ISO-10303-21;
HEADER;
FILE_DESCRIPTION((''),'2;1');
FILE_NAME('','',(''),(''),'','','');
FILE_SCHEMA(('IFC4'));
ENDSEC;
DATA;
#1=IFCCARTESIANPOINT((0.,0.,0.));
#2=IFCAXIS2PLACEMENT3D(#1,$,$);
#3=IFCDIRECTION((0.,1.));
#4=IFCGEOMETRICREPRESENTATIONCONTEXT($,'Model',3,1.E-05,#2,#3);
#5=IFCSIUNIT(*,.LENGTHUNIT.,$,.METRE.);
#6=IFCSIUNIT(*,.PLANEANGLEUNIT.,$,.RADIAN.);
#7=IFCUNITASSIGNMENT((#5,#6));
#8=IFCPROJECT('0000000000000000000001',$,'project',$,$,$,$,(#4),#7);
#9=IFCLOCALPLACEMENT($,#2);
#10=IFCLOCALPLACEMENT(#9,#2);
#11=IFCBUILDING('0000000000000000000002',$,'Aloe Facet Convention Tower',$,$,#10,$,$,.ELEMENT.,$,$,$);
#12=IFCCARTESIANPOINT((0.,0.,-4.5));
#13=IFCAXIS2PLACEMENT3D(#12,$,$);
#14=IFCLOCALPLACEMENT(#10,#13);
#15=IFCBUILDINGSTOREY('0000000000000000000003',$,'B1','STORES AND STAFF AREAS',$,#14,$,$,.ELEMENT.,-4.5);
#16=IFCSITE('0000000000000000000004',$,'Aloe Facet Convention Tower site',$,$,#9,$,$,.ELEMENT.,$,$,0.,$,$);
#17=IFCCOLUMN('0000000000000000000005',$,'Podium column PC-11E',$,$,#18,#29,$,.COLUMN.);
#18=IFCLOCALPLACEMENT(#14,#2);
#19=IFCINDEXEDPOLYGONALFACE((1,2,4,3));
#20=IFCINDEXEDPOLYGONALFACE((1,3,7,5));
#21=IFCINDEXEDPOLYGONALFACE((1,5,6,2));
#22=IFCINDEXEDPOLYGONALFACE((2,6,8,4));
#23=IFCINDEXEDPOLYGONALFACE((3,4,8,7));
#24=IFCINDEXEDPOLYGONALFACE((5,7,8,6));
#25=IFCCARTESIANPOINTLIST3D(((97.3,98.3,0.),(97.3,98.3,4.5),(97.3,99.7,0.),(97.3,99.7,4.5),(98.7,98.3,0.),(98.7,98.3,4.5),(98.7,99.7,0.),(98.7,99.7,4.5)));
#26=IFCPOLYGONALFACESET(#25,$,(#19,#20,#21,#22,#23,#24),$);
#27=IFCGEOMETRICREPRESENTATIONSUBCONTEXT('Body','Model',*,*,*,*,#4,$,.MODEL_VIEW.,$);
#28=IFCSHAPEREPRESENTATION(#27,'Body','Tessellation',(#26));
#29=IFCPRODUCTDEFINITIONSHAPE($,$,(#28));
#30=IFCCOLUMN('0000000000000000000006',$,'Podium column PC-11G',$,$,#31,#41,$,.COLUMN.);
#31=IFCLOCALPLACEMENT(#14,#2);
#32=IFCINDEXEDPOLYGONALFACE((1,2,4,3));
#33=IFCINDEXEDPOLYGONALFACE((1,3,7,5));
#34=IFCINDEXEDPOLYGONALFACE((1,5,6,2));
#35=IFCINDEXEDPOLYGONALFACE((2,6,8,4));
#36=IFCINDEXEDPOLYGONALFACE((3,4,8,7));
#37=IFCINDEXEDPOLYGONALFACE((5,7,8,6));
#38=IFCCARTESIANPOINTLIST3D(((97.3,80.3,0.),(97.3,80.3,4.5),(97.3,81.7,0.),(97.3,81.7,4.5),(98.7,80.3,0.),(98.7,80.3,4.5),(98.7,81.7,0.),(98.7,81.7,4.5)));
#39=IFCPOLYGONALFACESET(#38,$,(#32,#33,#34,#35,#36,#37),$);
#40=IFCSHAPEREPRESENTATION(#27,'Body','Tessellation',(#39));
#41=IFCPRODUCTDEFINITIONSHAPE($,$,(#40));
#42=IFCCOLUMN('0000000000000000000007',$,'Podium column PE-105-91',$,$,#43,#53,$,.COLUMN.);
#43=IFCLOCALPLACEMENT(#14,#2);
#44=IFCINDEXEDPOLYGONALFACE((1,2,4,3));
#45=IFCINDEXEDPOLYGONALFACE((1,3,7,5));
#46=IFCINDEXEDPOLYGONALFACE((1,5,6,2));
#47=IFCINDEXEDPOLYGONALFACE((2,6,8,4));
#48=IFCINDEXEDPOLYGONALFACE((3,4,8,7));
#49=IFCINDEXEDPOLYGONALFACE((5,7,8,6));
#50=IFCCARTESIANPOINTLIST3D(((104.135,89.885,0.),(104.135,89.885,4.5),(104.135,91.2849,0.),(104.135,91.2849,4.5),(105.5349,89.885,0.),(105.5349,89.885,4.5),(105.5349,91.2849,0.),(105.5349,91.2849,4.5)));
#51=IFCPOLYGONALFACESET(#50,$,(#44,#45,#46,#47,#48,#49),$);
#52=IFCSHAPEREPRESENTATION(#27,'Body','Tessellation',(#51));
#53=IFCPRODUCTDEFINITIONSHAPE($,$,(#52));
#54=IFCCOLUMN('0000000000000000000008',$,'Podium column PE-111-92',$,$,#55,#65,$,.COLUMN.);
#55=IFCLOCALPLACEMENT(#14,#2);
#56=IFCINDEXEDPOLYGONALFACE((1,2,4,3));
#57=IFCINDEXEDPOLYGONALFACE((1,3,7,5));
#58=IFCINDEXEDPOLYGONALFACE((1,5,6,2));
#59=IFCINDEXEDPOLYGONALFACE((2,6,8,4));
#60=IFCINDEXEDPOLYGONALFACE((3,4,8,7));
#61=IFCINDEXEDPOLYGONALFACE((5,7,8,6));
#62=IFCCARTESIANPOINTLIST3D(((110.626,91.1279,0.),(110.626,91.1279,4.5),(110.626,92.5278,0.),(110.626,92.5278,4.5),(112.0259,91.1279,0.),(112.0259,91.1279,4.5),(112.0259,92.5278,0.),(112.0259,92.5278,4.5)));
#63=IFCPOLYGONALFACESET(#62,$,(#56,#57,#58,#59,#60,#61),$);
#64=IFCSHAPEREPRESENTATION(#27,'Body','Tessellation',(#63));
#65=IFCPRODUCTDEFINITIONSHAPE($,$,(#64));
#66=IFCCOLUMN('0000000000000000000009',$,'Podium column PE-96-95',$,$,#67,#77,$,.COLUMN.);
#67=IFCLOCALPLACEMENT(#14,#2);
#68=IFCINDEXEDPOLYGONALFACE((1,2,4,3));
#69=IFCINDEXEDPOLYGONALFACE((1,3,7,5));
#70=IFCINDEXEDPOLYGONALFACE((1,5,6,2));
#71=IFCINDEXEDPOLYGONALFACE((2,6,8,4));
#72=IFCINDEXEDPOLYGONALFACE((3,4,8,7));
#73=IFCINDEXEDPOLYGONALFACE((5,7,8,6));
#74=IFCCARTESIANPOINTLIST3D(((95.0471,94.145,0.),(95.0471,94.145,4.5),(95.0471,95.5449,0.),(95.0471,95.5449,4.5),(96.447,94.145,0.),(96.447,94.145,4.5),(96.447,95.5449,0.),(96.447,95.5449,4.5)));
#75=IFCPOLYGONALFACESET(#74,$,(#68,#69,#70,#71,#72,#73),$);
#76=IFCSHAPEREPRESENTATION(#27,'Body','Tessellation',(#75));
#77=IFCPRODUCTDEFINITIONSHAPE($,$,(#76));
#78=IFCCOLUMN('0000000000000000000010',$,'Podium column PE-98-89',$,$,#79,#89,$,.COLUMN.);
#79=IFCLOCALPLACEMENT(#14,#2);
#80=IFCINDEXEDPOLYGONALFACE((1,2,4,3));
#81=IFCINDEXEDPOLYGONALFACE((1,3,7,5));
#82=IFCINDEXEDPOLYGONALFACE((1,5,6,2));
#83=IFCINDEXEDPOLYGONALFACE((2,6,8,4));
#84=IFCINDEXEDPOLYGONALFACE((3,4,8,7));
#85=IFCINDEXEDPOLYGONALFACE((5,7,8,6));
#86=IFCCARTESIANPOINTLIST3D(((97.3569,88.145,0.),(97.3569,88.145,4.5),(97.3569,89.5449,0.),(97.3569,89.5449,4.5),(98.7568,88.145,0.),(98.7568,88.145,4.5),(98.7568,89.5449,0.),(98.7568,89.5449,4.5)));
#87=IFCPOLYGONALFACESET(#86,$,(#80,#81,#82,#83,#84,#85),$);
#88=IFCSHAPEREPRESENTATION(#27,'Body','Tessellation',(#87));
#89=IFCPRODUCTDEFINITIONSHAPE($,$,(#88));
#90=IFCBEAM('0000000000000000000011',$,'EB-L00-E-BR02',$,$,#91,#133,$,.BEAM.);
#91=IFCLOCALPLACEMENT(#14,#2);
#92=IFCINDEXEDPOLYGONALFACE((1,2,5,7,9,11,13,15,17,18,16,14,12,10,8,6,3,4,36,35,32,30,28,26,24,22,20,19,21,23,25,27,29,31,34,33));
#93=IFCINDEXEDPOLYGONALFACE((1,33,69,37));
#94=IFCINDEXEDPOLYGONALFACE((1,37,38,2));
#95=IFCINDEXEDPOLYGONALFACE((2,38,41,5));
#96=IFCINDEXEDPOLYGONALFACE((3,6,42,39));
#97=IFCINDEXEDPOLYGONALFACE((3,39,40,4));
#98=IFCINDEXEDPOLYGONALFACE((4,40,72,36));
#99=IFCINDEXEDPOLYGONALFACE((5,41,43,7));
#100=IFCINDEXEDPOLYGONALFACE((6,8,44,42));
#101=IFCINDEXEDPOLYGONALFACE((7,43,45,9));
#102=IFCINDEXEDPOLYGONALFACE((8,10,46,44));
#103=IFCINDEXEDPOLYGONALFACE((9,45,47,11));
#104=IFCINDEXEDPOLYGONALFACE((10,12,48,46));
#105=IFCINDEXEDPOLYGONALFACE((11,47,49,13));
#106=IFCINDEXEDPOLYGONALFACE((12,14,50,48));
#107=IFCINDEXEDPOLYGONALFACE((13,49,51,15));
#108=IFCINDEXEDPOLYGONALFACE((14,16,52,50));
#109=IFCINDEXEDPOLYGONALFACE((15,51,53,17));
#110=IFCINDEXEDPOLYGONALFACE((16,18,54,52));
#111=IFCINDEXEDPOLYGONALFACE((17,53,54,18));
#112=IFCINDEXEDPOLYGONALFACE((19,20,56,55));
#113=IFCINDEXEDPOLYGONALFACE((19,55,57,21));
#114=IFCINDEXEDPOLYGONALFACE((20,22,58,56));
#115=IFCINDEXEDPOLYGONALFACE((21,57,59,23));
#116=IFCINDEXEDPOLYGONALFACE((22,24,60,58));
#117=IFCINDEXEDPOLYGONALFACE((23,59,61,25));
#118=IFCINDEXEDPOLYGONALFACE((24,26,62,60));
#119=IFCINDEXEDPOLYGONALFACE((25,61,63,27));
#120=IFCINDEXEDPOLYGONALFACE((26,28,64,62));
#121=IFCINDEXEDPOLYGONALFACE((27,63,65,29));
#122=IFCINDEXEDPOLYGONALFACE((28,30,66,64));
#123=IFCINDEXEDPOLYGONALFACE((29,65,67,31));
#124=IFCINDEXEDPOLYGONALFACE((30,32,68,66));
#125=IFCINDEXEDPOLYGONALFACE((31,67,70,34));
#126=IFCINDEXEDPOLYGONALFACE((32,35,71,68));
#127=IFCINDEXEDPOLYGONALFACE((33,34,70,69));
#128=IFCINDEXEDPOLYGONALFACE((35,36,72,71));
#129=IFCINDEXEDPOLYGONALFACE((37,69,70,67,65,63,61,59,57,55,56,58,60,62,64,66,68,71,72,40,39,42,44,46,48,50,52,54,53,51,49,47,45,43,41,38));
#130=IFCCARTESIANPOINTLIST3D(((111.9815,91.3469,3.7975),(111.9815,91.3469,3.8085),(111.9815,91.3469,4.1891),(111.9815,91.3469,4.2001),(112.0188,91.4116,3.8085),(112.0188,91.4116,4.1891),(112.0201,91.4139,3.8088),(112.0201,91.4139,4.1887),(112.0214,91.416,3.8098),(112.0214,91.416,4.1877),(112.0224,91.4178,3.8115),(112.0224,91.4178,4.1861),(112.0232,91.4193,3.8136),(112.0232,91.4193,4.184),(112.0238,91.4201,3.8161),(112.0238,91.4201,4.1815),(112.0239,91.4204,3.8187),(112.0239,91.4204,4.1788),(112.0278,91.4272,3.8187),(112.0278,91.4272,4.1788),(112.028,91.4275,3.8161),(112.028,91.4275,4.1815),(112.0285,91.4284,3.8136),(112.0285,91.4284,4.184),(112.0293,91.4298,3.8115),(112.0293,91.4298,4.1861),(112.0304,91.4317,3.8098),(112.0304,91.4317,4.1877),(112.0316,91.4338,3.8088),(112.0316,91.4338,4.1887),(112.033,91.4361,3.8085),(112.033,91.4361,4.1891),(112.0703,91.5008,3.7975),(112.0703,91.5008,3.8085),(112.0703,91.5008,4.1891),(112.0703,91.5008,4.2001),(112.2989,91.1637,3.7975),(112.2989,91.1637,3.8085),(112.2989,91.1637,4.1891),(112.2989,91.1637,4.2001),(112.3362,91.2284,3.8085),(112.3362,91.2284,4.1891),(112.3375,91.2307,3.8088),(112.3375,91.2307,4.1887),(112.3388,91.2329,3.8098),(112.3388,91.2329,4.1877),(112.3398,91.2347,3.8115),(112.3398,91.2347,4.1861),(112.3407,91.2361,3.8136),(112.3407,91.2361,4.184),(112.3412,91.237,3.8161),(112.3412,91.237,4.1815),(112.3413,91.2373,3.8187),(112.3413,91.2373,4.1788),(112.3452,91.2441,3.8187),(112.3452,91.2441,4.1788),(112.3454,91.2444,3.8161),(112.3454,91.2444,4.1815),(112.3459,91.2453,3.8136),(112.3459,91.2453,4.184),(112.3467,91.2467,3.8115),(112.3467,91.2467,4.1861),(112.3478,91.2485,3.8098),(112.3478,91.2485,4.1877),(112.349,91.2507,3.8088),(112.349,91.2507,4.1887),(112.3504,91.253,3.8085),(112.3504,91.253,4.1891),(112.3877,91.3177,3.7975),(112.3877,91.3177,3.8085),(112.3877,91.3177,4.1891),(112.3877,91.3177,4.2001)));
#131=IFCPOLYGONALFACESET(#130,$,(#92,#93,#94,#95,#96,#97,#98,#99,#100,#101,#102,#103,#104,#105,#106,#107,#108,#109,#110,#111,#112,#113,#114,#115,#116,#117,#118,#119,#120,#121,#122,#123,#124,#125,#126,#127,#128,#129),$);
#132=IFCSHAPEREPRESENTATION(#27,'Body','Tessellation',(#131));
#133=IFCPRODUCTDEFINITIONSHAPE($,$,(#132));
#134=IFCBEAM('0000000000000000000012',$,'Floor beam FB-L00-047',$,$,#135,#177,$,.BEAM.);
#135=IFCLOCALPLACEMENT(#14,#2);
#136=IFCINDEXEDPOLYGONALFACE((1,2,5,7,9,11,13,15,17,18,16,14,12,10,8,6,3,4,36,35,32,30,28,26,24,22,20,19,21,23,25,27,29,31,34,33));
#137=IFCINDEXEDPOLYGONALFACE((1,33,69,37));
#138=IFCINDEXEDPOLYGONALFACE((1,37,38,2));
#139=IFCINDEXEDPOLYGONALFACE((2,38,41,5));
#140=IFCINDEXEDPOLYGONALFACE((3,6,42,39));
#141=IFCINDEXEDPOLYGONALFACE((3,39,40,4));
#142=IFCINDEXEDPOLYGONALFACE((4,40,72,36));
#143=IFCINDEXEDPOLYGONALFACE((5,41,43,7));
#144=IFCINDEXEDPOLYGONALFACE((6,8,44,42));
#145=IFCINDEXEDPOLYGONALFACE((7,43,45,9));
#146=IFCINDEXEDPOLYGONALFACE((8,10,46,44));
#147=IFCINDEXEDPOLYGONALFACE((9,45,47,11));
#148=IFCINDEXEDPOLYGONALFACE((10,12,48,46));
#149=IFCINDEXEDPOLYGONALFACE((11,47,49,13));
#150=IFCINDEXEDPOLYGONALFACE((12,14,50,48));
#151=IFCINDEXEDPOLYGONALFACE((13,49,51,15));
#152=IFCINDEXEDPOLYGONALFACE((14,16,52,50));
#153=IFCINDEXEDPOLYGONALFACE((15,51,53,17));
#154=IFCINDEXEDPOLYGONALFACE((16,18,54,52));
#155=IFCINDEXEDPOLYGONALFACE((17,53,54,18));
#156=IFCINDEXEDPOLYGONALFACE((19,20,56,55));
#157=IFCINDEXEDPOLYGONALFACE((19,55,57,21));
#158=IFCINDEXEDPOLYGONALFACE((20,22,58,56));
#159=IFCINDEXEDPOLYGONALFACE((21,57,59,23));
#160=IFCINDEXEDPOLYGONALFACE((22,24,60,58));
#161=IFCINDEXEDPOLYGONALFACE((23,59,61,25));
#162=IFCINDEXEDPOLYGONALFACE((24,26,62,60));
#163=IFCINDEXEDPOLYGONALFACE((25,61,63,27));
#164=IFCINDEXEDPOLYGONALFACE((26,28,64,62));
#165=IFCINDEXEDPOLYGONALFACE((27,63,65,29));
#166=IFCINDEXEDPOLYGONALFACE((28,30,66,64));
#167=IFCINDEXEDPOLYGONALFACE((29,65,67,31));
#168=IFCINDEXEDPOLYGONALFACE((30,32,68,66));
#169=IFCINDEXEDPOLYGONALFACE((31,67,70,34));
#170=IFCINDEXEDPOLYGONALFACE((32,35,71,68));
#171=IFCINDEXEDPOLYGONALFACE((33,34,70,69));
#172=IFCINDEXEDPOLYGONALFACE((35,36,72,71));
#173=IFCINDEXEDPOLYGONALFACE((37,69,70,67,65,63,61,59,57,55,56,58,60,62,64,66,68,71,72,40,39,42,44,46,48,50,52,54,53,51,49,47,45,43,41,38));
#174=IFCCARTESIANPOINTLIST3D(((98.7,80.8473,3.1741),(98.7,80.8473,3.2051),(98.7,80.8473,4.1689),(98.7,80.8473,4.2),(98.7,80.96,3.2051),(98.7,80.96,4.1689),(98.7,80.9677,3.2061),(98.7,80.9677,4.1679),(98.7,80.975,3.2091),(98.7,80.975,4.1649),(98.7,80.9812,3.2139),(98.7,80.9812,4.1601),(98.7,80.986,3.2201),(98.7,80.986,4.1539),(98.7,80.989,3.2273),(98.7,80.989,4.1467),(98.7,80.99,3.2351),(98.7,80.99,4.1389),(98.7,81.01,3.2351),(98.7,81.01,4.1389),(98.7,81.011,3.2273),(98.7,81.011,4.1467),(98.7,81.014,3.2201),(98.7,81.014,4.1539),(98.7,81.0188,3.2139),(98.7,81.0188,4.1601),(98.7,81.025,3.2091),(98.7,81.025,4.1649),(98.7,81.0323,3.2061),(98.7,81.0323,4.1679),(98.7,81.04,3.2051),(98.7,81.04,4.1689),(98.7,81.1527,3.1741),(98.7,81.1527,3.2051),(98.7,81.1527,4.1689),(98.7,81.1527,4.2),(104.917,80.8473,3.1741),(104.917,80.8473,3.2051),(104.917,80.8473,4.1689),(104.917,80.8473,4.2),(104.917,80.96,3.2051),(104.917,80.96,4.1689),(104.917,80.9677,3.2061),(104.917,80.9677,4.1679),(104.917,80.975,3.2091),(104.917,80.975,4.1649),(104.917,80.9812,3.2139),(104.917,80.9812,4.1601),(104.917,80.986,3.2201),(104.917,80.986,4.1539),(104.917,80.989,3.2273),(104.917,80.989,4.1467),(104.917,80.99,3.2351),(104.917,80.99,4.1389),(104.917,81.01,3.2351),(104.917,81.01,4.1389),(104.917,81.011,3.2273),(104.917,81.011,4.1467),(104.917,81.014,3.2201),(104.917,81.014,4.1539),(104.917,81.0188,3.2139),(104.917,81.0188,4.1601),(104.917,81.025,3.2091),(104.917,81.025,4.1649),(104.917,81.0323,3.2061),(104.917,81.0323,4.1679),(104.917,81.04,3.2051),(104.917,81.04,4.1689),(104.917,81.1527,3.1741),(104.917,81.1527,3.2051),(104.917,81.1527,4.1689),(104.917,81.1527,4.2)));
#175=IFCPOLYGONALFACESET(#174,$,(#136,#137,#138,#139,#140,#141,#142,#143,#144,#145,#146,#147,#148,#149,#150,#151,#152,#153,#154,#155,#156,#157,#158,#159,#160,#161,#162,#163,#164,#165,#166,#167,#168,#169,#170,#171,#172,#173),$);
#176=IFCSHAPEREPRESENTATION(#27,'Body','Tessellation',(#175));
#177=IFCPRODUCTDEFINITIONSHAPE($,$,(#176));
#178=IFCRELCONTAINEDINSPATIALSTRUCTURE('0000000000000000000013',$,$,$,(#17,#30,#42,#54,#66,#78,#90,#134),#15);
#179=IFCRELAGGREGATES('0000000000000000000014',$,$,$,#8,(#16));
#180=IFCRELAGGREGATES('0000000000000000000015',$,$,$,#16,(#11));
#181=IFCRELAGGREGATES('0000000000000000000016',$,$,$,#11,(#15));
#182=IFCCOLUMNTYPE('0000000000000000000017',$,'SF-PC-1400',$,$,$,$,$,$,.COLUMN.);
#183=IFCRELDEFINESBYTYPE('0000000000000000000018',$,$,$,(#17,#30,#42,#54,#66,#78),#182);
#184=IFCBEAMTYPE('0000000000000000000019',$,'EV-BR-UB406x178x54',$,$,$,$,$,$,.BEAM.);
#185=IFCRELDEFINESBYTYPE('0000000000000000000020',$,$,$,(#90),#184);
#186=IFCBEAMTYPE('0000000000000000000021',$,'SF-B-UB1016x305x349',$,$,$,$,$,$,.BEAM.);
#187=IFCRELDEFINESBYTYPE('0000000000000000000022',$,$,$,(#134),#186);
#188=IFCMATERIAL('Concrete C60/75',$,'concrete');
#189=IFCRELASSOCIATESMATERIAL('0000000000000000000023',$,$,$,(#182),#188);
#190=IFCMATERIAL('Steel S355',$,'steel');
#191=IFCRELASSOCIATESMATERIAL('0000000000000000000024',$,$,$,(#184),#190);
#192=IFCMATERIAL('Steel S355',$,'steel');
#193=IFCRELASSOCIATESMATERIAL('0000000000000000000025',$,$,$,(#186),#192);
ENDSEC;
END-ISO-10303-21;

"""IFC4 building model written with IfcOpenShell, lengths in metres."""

from ifc_helpers import new_model, si_unit, direction, frame, origin, origin_2d, place, context, subcontext, project, spatial, rectangle, i_section, extrude, material, material_profile, profile_set, type_object, element, save


model = new_model("IFC4")

# Units and contexts
model_context = context("Model", 3, precision=1e-05, world=origin(), true_north=direction((0.0, 1.0)))
body_context = subcontext(model_context, "Body", "Model", "MODEL_VIEW")
ifc_project = project(units=[si_unit("LENGTHUNIT", "METRE"), si_unit("PLANEANGLEUNIT", "RADIAN")], contexts=[model_context])

# Site, building, storey
site_placement = place(None, origin())
site = spatial("IfcSite", under=ifc_project, at=site_placement, Name="Aloe Facet Convention Tower site", CompositionType="ELEMENT", RefElevation=0.0)
building_placement = place(site_placement, origin())
building = spatial("IfcBuilding", under=site, at=building_placement, Name="Aloe Facet Convention Tower", CompositionType="ELEMENT")
storey_placement = place(building_placement, frame((0.0, 0.0, -4.5)))
storey = spatial("IfcBuildingStorey", under=building, at=storey_placement, Name="B1", Description="STORES AND STAFF AREAS", CompositionType="ELEMENT", Elevation=-4.5)

# Columns
ifc_material_1 = material(Name="Concrete C60/75", Category="concrete")
ifc_material_profile_1 = material_profile(ifc_material_1, rectangle(XDim=1.3999, YDim=1.3999, at=origin_2d()), Name="SF-PC-1400")
ifc_profile_set_1 = profile_set([ifc_material_profile_1], Name="Concrete C60/75")
column_type = type_object("IfcColumnType", Name="SF-PC-1400", PredefinedType="COLUMN", material=ifc_profile_set_1)
for number, where, z_axis, x_axis, name in (
    (1, (98.0, 99.0, 0.0), (0.0, 0.0, 1.0), (1.0, 0.0, 0.0), "Podium column PC-11E"),
    (2, (98.0, 81.0, 0.0), (0.0, 0.0, 1.0), (1.0, 0.0, 0.0), "Podium column PC-11G"),
    (3, (104.835, 90.585, 0.0), (0.0, 0.0, 1.0), (1.0, 0.0, 0.0), "Podium column PE-105-91"),
    (4, (111.3259, 91.8279, 0.0), (0.0, 0.0, 1.0), (1.0, 0.0, 0.0), "Podium column PE-111-92"),
    (5, (95.7471, 94.845, 0.0), (0.0, 0.0, 1.0), (1.0, 0.0, 0.0), "Podium column PE-96-95"),
    (6, (98.0569, 88.845, 0.0), (0.0, 0.0, 1.0), (1.0, 0.0, 0.0), "Podium column PE-98-89"),
):
    element("IfcColumn", number, at=place(storey_placement, frame(where, z_axis=z_axis, x_axis=x_axis)), inside=storey, type_object=column_type, Name=name, PredefinedType="COLUMN", context=body_context, shape_type="SweptSolid", body=[
        extrude(rectangle(XDim=1.3999, YDim=1.3999, at=origin_2d()), origin(), (0.0, 0.0, 1.0), 4.5),
    ])

# Beams
ifc_material_2 = material(Name="Steel S355", Category="steel")
ifc_material_profile_2 = material_profile(ifc_material_2, i_section(OverallWidth=0.1777, OverallDepth=0.4026, WebThickness=0.0078, FlangeThickness=0.011, FilletRadius=0.0103, at=origin_2d()), Name="UB 406x178x54")
ifc_profile_set_2 = profile_set([ifc_material_profile_2], Name="Steel S355")
beam_type_1 = type_object("IfcBeamType", Name="EV-BR-UB406x178x54", PredefinedType="BEAM", material=ifc_profile_set_2)
beam_1_placement = place(storey_placement, frame((112.0259, 91.4238, 3.9988), z_axis=(0.866186, -0.499722, 0.0), x_axis=(0.499722, 0.866186, 0.0)))
element("IfcBeam", 7, at=beam_1_placement, inside=storey, type_object=beam_type_1, Name="EB-L00-E-BR02", PredefinedType="BEAM", context=body_context, shape_type="SweptSolid", body=[
    extrude(i_section(OverallWidth=0.1777, OverallDepth=0.4026, WebThickness=0.0078, FlangeThickness=0.011, FilletRadius=0.0103, at=origin_2d()), origin(), (0.0, 0.0, 1.0), 0.3665),
])
ifc_material_3 = material(Name="Steel S355", Category="steel")
ifc_material_profile_3 = material_profile(ifc_material_3, i_section(OverallWidth=0.3054, OverallDepth=1.0259, WebThickness=0.02, FlangeThickness=0.031, FilletRadius=0.03, at=origin_2d()), Name="UB 1016x305x349")
ifc_profile_set_3 = profile_set([ifc_material_profile_3], Name="Steel S355")
beam_type_2 = type_object("IfcBeamType", Name="SF-B-UB1016x305x349", PredefinedType="BEAM", material=ifc_profile_set_3)
beam_2_placement = place(storey_placement, frame((98.7, 81.0, 3.687), z_axis=(1.0, 0.0, 0.0), x_axis=(0.0, 1.0, 0.0)))
element("IfcBeam", 8, at=beam_2_placement, inside=storey, type_object=beam_type_2, Name="Floor beam FB-L00-047", PredefinedType="BEAM", context=body_context, shape_type="SweptSolid", body=[
    extrude(i_section(OverallWidth=0.3054, OverallDepth=1.0259, WebThickness=0.02, FlangeThickness=0.031, FilletRadius=0.03, at=origin_2d()), origin(), (0.0, 0.0, 1.0), 6.217),
])

save(model, "model.ifc")
